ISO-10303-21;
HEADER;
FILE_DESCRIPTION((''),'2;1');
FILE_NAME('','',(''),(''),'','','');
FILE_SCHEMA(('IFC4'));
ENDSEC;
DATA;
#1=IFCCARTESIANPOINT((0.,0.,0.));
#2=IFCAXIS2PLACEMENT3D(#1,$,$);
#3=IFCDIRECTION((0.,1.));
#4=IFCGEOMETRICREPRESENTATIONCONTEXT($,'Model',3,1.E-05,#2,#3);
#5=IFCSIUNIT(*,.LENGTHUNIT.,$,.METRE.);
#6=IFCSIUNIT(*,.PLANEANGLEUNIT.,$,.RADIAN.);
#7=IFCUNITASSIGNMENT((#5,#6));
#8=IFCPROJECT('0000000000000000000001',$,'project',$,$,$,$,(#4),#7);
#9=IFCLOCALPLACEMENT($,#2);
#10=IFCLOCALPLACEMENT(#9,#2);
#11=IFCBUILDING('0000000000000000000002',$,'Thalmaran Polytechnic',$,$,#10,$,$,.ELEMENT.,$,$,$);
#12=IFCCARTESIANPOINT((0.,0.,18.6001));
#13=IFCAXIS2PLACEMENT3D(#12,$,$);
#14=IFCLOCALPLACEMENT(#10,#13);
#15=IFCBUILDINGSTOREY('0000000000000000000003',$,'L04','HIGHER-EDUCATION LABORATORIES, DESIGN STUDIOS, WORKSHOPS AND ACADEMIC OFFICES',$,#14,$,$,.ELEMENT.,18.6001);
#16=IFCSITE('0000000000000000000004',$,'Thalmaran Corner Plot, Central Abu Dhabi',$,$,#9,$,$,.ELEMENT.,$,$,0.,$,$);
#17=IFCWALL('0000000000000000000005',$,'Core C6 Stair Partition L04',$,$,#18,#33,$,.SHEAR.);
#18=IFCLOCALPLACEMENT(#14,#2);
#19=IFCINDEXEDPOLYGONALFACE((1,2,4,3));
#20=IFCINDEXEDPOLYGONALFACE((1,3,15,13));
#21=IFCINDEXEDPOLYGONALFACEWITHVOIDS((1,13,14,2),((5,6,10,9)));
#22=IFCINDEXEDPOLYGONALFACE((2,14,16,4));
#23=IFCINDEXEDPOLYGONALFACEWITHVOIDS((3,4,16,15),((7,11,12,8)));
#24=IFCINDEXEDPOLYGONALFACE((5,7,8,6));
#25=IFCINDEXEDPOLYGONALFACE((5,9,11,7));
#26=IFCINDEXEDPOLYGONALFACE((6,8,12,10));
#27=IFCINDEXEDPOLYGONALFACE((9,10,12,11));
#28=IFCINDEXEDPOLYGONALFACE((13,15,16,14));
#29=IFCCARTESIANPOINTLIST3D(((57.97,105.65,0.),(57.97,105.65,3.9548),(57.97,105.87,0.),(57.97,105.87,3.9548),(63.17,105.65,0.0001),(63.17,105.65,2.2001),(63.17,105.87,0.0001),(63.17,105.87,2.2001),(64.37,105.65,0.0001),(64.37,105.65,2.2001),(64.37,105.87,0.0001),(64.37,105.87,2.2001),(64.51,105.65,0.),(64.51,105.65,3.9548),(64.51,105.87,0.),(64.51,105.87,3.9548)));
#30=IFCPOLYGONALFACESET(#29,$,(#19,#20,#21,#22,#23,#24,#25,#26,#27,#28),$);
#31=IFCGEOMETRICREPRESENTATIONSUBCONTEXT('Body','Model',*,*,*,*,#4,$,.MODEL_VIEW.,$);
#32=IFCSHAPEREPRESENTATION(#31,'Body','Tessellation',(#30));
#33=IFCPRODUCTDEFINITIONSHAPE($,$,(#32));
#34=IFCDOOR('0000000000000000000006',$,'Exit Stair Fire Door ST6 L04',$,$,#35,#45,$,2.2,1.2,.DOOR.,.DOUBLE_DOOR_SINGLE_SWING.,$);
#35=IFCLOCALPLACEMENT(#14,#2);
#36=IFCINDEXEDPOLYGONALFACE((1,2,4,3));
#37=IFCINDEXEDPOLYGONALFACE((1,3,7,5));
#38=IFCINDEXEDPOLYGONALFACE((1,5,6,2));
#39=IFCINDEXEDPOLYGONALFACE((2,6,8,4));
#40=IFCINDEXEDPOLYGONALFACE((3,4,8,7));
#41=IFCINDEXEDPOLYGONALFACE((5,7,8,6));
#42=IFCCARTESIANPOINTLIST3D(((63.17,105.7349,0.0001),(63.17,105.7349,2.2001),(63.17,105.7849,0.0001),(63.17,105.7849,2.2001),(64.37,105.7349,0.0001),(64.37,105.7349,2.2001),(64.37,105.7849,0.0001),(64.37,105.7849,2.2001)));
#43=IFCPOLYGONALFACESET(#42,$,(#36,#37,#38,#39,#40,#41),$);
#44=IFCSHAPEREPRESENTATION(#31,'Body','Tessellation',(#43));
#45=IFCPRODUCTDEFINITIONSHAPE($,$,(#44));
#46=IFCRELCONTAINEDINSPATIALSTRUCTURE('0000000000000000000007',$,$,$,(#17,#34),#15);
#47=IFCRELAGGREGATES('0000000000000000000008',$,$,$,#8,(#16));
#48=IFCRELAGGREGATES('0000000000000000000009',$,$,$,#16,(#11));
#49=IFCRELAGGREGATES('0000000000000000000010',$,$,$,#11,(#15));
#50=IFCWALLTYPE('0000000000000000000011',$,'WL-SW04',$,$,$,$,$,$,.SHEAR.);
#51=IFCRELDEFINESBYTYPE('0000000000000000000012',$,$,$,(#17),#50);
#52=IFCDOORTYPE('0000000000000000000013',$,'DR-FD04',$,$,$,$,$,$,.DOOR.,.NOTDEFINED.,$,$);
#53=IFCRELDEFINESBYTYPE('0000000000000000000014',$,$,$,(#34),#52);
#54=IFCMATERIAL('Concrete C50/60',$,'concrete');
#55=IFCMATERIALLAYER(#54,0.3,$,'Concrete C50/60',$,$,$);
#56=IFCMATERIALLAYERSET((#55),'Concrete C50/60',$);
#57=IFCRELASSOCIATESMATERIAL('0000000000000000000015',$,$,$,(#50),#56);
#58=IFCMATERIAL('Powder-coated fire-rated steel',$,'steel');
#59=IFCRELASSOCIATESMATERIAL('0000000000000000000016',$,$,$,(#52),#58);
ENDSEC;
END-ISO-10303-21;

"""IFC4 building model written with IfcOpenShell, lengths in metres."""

from ifc_helpers import new_model, si_unit, direction, frame, frame_2d, origin, place, context, subcontext, project, spatial, rectangle, extrude, material, layer, layer_set, type_object, element, fill, save


model = new_model("IFC4")

# Units and contexts
model_context = context("Model", 3, precision=1e-05, world=origin(), true_north=direction((0.0, 1.0)))
body_context = subcontext(model_context, "Body", "Model", "MODEL_VIEW")
ifc_project = project(units=[si_unit("LENGTHUNIT", "METRE"), si_unit("PLANEANGLEUNIT", "RADIAN")], contexts=[model_context])

# Site, building, storey
site_placement = place(None, origin())
site = spatial("IfcSite", under=ifc_project, at=site_placement, Name="Thalmaran Corner Plot, Central Abu Dhabi", CompositionType="ELEMENT", RefElevation=0.0)
building_placement = place(site_placement, origin())
building = spatial("IfcBuilding", under=site, at=building_placement, Name="Thalmaran Polytechnic", CompositionType="ELEMENT")
storey_placement = place(building_placement, frame((0.0, 0.0, 18.6001)))
storey = spatial("IfcBuildingStorey", under=building, at=storey_placement, Name="L04", Description="HIGHER-EDUCATION LABORATORIES, DESIGN STUDIOS, WORKSHOPS AND ACADEMIC OFFICES", CompositionType="ELEMENT", Elevation=18.6001)

# Shared definitions
ifc_material_1 = material(Name="Concrete C50/60", Category="concrete")
ifc_layer_1 = layer(ifc_material_1, 0.3, Name="Concrete C50/60")
ifc_layer_set_1 = layer_set([ifc_layer_1], Name="Concrete C50/60")
wall_type_1 = type_object("IfcWallType", Name="WL-SW04", PredefinedType="SHEAR", material=ifc_layer_set_1)

# Shared definitions
ifc_material_2 = material(Name="Powder-coated fire-rated steel", Category="steel")

# Wall, opening, door
wall_1_placement = place(storey_placement, frame((57.97, 105.76, 0.0), z_axis=(0.0, 0.0, 1.0), x_axis=(1.0, 0.0, 0.0)))
wall_1 = element("IfcWall", 1, at=wall_1_placement, inside=storey, type_object=wall_type_1, Name="Core C6 Stair Partition L04", PredefinedType="SHEAR", context=body_context, shape_type="SweptSolid", body=[
    extrude(rectangle(XDim=6.54, YDim=0.22, at=frame_2d((3.27, 0.0))), origin(), (0.0, 0.0, 1.0), 3.9548),
])
opening_1_placement = place(wall_1_placement, frame((5.2, 0.0, 0.0)))
opening_1 = element("IfcOpeningElement", 2, at=opening_1_placement, cuts=wall_1, PredefinedType="OPENING", context=body_context, shape_type="SweptSolid", body=[
    extrude(rectangle(XDim=1.2, YDim=2.2, at=frame_2d((0.6001, 1.1001))), frame((0.0, 0.1199, 0.0), z_axis=(0.0, -1.0, 0.0), x_axis=(1.0, 0.0, 0.0)), (0.0, 0.0, 1.0), 0.24),
])
door_type_1 = type_object("IfcDoorType", Name="DR-FD04", OperationType="NOTDEFINED", PredefinedType="DOOR", material=ifc_material_2)
door_1_placement = place(opening_1_placement, origin())
door_1 = element("IfcDoor", 3, at=door_1_placement, inside=storey, type_object=door_type_1, Name="Exit Stair Fire Door ST6 L04", OperationType="DOUBLE_DOOR_SINGLE_SWING", OverallHeight=2.2, OverallWidth=1.2, PredefinedType="DOOR", context=body_context, shape_type="SweptSolid", body=[
    extrude(rectangle(XDim=1.2, YDim=2.2, at=frame_2d((0.6001, 1.1001))), frame((0.0, 0.0249, 0.0), z_axis=(0.0, -1.0, 0.0), x_axis=(1.0, 0.0, 0.0)), (0.0, 0.0, 1.0), 0.05),
])
fill(opening_1, door_1)

save(model, "model.ifc")
